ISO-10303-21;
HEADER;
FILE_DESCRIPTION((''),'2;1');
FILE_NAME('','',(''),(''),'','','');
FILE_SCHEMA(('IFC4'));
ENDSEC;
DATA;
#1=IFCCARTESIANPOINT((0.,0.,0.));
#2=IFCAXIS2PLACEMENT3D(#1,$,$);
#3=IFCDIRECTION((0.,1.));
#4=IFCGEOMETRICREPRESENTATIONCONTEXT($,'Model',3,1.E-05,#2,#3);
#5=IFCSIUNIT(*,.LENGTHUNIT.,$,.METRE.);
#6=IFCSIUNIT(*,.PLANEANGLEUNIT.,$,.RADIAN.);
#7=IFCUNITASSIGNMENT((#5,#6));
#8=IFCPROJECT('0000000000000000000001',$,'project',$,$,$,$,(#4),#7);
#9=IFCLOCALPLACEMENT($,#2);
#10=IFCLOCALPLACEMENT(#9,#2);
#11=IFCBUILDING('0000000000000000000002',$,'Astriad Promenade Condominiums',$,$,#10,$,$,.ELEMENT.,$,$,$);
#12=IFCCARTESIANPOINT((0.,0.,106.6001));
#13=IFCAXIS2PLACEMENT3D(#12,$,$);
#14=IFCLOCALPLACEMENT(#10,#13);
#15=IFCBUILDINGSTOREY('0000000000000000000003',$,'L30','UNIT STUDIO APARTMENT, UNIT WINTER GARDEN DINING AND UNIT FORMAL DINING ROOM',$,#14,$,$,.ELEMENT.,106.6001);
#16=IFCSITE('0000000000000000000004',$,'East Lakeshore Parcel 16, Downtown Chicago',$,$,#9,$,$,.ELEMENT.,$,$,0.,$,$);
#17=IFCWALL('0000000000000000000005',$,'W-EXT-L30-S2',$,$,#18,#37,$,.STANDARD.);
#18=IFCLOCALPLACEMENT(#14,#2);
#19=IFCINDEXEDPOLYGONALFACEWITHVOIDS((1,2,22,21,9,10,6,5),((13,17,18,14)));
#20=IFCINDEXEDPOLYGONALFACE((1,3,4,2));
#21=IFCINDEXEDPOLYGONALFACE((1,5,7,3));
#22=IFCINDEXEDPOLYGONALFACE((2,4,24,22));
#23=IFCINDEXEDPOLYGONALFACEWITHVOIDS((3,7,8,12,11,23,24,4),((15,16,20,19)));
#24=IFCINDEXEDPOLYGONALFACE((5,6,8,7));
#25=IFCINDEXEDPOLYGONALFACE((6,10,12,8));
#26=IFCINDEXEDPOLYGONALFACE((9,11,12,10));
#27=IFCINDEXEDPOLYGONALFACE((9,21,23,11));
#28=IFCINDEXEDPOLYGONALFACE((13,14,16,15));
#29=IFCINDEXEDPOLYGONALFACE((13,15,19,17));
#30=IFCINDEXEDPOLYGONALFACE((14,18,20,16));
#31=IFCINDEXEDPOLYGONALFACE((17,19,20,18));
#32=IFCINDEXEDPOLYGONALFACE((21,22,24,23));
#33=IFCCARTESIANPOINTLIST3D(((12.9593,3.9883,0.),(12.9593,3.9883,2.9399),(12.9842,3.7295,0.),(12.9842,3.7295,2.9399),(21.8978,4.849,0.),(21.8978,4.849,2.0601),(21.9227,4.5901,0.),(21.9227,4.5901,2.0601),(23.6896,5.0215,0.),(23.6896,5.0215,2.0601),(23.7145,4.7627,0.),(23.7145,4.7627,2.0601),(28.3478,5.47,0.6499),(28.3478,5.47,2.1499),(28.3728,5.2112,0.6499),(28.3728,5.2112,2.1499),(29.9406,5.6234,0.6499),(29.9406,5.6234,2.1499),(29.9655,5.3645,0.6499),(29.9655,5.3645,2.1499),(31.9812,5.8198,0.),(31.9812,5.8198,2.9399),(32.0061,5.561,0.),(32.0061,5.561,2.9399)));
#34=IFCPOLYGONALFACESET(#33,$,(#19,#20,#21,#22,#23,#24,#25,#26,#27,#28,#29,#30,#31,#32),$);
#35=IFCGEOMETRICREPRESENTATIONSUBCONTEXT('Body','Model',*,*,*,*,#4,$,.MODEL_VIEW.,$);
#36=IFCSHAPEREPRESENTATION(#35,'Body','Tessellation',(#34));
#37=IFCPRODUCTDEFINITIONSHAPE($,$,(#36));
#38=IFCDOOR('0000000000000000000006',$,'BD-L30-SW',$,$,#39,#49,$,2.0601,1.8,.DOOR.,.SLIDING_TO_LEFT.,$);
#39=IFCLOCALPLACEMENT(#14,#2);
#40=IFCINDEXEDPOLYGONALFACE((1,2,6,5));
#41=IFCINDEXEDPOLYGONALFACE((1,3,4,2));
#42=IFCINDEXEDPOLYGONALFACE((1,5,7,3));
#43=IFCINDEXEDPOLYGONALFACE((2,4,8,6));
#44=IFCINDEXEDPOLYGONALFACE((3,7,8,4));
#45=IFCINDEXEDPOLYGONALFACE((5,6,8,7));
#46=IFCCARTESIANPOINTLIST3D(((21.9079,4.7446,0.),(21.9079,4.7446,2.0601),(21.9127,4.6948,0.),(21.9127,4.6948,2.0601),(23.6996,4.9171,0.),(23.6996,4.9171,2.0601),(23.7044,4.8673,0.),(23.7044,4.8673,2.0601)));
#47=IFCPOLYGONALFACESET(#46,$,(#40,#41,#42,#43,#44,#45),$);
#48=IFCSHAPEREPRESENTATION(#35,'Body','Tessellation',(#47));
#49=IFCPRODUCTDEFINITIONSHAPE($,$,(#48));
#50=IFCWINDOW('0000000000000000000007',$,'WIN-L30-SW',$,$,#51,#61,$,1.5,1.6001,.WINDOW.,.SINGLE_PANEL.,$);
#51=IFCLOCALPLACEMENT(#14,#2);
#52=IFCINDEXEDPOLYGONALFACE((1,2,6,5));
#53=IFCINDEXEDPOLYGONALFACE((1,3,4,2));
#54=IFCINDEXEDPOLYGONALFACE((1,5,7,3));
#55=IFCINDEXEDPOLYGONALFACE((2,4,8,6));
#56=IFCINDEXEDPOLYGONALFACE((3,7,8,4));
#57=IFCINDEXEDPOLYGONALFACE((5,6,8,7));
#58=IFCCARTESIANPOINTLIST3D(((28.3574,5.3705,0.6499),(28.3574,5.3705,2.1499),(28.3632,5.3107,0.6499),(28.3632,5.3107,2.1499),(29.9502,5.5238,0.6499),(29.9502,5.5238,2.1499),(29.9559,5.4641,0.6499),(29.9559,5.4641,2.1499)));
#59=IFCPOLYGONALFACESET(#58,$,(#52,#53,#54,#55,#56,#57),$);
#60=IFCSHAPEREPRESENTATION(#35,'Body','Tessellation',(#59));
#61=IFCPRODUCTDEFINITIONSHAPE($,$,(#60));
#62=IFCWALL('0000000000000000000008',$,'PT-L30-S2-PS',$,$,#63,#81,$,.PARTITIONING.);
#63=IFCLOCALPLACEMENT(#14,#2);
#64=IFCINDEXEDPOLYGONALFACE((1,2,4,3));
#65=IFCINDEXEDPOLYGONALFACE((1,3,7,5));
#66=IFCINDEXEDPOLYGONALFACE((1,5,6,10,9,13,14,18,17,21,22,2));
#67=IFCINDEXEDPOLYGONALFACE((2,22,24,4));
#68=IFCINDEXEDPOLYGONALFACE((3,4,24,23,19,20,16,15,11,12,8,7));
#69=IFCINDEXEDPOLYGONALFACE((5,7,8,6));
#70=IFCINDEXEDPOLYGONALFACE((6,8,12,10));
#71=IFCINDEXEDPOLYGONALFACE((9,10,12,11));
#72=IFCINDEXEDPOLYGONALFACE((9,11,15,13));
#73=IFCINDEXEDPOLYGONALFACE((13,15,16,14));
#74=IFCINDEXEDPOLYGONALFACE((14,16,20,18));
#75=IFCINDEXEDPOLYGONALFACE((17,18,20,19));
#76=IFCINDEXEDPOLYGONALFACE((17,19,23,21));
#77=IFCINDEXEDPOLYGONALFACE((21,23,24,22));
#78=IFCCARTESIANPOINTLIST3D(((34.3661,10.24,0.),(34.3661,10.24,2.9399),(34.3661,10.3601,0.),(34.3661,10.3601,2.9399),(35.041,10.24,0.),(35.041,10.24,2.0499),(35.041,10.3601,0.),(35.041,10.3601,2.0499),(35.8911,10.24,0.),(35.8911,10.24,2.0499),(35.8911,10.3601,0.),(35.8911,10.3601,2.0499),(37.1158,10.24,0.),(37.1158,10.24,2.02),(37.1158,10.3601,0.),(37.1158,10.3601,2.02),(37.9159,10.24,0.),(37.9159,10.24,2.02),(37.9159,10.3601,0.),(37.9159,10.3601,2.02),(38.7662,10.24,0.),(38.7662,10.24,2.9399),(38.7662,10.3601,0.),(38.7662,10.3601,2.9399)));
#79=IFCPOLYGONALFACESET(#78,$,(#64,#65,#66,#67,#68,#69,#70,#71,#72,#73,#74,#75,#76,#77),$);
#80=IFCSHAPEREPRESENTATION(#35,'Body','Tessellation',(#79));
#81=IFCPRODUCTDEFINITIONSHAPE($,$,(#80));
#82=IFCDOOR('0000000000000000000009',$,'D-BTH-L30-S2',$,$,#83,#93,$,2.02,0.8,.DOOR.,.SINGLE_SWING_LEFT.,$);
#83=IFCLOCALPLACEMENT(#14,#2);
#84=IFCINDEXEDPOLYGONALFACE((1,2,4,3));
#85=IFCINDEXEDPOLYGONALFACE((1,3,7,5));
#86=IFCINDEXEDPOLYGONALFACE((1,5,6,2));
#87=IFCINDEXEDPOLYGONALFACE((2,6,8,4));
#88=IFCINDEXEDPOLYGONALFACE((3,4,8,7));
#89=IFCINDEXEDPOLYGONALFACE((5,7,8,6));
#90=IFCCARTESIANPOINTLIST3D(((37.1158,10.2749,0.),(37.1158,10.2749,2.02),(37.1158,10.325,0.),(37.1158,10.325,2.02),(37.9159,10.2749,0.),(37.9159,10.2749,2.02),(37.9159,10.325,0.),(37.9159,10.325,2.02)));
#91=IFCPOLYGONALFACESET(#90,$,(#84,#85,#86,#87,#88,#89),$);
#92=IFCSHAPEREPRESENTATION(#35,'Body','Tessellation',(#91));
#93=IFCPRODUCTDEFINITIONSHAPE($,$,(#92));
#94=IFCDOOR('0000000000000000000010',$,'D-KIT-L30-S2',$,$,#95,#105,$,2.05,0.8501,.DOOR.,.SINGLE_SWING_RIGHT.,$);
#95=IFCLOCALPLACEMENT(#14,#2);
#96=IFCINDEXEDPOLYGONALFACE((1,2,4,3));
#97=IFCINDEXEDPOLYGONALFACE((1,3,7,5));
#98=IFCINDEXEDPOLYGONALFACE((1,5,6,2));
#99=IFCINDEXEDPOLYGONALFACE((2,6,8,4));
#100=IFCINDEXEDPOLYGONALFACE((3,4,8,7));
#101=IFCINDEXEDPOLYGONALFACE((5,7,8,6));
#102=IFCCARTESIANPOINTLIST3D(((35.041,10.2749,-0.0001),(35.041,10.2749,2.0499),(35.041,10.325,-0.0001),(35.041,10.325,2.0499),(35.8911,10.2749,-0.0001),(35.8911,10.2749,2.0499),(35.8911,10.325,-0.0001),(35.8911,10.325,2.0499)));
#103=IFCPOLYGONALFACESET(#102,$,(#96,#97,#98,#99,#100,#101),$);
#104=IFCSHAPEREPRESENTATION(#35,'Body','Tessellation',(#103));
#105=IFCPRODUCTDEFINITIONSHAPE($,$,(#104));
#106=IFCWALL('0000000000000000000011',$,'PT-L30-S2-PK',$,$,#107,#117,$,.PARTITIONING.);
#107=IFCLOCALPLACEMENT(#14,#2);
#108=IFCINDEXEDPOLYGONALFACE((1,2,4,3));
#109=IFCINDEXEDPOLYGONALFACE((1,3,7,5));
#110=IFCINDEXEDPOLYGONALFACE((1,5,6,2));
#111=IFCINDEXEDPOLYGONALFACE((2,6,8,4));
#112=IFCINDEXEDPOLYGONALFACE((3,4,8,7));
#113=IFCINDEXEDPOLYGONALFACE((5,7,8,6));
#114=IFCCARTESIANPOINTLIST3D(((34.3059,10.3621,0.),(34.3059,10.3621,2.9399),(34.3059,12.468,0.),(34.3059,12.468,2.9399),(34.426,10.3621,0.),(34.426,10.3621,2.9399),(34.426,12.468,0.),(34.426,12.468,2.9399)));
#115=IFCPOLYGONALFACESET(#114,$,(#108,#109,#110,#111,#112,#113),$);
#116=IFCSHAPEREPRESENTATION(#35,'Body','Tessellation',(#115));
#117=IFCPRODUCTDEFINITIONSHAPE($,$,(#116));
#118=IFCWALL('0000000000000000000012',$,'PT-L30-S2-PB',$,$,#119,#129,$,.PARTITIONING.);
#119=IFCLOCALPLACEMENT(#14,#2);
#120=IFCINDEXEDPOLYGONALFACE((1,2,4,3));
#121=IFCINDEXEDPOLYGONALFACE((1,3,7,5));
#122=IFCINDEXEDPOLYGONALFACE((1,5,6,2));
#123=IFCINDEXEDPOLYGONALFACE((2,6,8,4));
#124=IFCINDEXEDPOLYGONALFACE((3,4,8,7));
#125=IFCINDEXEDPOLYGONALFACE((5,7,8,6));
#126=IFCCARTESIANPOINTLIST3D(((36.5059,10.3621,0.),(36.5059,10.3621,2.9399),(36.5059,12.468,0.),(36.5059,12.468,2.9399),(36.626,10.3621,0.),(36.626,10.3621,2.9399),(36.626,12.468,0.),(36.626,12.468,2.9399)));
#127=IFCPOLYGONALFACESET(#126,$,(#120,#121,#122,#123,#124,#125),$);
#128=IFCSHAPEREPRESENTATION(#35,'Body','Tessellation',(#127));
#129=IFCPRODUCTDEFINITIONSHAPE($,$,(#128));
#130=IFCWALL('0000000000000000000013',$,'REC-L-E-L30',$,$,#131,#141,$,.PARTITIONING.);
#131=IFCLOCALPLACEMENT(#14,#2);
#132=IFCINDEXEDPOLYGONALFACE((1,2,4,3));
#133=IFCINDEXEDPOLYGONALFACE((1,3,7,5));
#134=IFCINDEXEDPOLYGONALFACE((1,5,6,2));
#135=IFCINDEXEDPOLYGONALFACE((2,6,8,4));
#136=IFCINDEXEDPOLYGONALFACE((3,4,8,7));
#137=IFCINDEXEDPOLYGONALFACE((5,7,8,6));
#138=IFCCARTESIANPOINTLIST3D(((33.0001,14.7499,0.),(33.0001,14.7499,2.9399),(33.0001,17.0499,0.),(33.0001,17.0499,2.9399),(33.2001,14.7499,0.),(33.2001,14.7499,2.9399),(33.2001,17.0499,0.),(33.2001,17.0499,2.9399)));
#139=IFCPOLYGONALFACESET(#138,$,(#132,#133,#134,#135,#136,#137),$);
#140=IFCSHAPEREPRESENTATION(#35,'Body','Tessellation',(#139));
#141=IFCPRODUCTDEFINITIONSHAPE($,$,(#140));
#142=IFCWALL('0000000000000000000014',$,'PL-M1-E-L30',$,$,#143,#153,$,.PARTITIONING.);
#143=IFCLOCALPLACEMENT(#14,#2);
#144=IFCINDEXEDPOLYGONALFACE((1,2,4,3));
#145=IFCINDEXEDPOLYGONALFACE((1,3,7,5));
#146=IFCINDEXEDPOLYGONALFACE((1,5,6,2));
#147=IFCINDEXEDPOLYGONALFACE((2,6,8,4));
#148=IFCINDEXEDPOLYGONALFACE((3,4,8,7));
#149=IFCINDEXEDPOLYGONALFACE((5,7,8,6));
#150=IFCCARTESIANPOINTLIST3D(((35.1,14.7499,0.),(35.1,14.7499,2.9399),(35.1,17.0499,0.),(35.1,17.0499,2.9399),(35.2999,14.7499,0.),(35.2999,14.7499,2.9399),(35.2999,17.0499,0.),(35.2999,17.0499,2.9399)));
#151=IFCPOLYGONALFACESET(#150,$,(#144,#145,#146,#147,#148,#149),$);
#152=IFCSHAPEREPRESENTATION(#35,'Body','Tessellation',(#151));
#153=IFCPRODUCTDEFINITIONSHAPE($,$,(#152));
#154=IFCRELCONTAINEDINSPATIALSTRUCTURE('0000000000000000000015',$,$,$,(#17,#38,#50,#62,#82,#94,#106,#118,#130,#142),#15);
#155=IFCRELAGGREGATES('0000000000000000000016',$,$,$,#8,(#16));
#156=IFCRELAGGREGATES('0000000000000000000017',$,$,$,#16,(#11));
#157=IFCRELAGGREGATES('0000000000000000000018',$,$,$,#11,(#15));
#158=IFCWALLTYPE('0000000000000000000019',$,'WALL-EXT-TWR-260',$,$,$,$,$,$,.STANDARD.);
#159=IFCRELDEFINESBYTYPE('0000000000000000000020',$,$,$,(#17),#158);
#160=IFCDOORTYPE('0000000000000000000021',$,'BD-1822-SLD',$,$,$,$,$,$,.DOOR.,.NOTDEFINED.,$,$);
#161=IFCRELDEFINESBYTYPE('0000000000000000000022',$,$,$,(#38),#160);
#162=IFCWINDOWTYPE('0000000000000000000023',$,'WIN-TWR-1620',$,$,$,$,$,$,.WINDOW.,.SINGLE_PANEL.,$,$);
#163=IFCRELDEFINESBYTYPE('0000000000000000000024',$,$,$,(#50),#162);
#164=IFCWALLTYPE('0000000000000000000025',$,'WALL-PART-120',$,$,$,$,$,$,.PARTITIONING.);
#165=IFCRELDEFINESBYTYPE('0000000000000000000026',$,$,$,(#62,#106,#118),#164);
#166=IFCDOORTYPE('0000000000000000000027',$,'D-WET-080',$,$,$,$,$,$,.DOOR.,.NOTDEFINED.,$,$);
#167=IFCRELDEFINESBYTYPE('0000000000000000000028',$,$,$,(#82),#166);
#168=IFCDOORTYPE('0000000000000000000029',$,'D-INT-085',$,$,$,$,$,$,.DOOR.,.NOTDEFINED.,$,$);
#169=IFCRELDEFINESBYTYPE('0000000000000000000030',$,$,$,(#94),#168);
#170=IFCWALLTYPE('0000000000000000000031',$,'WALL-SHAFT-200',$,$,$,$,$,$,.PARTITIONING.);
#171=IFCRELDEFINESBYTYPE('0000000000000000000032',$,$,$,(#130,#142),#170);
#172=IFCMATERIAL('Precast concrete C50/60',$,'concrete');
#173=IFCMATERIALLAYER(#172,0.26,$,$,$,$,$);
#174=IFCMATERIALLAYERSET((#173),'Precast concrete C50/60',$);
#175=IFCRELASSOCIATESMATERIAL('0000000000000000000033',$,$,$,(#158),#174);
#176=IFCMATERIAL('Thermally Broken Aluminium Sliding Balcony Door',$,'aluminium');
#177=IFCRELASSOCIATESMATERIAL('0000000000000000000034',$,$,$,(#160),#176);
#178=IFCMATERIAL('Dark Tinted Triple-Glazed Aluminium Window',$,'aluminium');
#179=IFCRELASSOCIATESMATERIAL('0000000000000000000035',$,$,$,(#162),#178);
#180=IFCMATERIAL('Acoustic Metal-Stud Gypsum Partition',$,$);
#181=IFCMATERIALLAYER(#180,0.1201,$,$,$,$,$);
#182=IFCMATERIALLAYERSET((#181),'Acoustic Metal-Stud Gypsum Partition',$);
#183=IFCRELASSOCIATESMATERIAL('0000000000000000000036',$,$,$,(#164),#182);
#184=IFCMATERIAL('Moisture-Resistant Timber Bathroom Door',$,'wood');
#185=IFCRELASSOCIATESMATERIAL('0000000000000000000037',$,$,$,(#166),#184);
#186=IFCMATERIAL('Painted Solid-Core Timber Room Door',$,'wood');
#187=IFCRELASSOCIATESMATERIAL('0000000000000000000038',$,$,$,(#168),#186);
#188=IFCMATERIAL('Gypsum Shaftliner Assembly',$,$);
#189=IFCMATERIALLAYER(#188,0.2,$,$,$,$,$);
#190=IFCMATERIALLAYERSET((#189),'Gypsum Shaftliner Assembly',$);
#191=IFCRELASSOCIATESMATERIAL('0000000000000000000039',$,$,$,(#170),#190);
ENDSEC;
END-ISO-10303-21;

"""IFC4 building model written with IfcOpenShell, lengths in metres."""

from ifc_helpers import new_model, si_unit, direction, frame, frame_2d, origin, place, context, subcontext, project, spatial, rectangle, extrude, source, transform, mapped, material, layer, layer_set, type_object, type_shapes, element, fill, save


model = new_model("IFC4")

# Units and contexts
model_context = context("Model", 3, precision=1e-05, world=origin(), true_north=direction((0.0, 1.0)))
body_context = subcontext(model_context, "Body", "Model", "MODEL_VIEW")
ifc_project = project(units=[si_unit("LENGTHUNIT", "METRE"), si_unit("PLANEANGLEUNIT", "RADIAN")], contexts=[model_context])

# Site, building, storey
site_placement = place(None, origin())
site = spatial("IfcSite", under=ifc_project, at=site_placement, Name="East Lakeshore Parcel 16, Downtown Chicago", CompositionType="ELEMENT", RefElevation=0.0)
building_placement = place(site_placement, origin())
building = spatial("IfcBuilding", under=site, at=building_placement, Name="Astriad Promenade Condominiums", CompositionType="ELEMENT")
storey_placement = place(building_placement, frame((0.0, 0.0, 106.6001)))
storey = spatial("IfcBuildingStorey", under=building, at=storey_placement, Name="L30", Description="UNIT STUDIO APARTMENT, UNIT WINTER GARDEN DINING AND UNIT FORMAL DINING ROOM", CompositionType="ELEMENT", Elevation=106.6001)

# Wall, openings, door, window
ifc_material_1 = material(Name="Precast concrete C50/60", Category="concrete")
ifc_layer_1 = layer(ifc_material_1, 0.26)
ifc_layer_set_1 = layer_set([ifc_layer_1], Name="Precast concrete C50/60")
wall_type_1 = type_object("IfcWallType", Name="WALL-EXT-TWR-260", PredefinedType="STANDARD", material=ifc_layer_set_1)
wall_1_placement = place(storey_placement, frame((31.9937, 5.6904, 0.0), z_axis=(0.0, 0.0, 1.0), x_axis=(-0.995397, -0.095842, 0.0)))
wall_1 = element("IfcWall", 1, at=wall_1_placement, inside=storey, type_object=wall_type_1, Name="W-EXT-L30-S2", PredefinedType="STANDARD", context=body_context, shape_type="SweptSolid", body=[
    extrude(rectangle(XDim=19.1099, YDim=0.26, at=frame_2d((9.5549, 0.0))), origin(), (0.0, 0.0, 1.0), 2.9399),
])
opening_1_placement = place(wall_1_placement, frame((8.3301, 0.0, 0.0)))
opening_1 = element("IfcOpeningElement", 2, at=opening_1_placement, cuts=wall_1, PredefinedType="OPENING", context=body_context, shape_type="SweptSolid", body=[
    extrude(rectangle(XDim=1.8, YDim=2.0601, at=frame_2d((0.8999, 1.03))), frame((0.0, 0.1399, 0.0), z_axis=(0.0, -1.0, 0.0), x_axis=(1.0, 0.0, 0.0)), (0.0, 0.0, 1.0), 0.28),
])
opening_2_placement = place(wall_1_placement, frame((2.05, 0.0, 0.6499)))
opening_2 = element("IfcOpeningElement", 3, at=opening_2_placement, cuts=wall_1, PredefinedType="OPENING", context=body_context, shape_type="SweptSolid", body=[
    extrude(rectangle(XDim=1.6001, YDim=1.5, at=frame_2d((0.8, 0.75))), frame((0.0, 0.1399, 0.0), z_axis=(0.0, -1.0, 0.0), x_axis=(1.0, 0.0, 0.0)), (0.0, 0.0, 1.0), 0.28),
])
ifc_material_2 = material(Name="Thermally Broken Aluminium Sliding Balcony Door", Category="aluminium")
door_type_1 = type_object("IfcDoorType", Name="BD-1822-SLD", OperationType="NOTDEFINED", PredefinedType="DOOR", material=ifc_material_2)
shared_shape_1 = source(origin(), body_context, "Body", "SweptSolid", [
    extrude(rectangle(XDim=1.8, YDim=2.0601, at=frame_2d((0.8999, 1.03))), frame((0.0, 0.0249, 0.0), z_axis=(0.0, -1.0, 0.0), x_axis=(1.0, 0.0, 0.0)), (0.0, 0.0, 1.0), 0.05),
])
type_shapes(door_type_1, [shared_shape_1])
door_1_placement = place(opening_1_placement, origin())
door_1 = element("IfcDoor", 4, at=door_1_placement, inside=storey, type_object=door_type_1, Name="BD-L30-SW", OperationType="SLIDING_TO_LEFT", OverallHeight=2.0601, OverallWidth=1.8, PredefinedType="DOOR", context=body_context, shape_type="MappedRepresentation", body=[
    mapped(shared_shape_1, transform((0.0, 0.0, 0.0), scale=1.0)),
])
fill(opening_1, door_1)
ifc_material_3 = material(Name="Dark Tinted Triple-Glazed Aluminium Window", Category="aluminium")
window_type = type_object("IfcWindowType", Name="WIN-TWR-1620", PartitioningType="SINGLE_PANEL", PredefinedType="WINDOW", material=ifc_material_3)
shared_shape_2 = source(origin(), body_context, "Body", "SweptSolid", [
    extrude(rectangle(XDim=1.6001, YDim=1.5, at=frame_2d((0.8, 0.75))), frame((0.0, 0.03, 0.0), z_axis=(0.0, -1.0, 0.0), x_axis=(1.0, 0.0, 0.0)), (0.0, 0.0, 1.0), 0.0601),
])
type_shapes(window_type, [shared_shape_2])
window_placement = place(opening_2_placement, origin())
window = element("IfcWindow", 5, at=window_placement, inside=storey, type_object=window_type, Name="WIN-L30-SW", OverallHeight=1.5, OverallWidth=1.6001, PartitioningType="SINGLE_PANEL", PredefinedType="WINDOW", context=body_context, shape_type="MappedRepresentation", body=[
    mapped(shared_shape_2, transform((0.0, 0.0, 0.0), scale=1.0)),
])
fill(opening_2, window)

# Wall, openings, doors
ifc_material_4 = material(Name="Acoustic Metal-Stud Gypsum Partition")
ifc_layer_2 = layer(ifc_material_4, 0.1201)
ifc_layer_set_2 = layer_set([ifc_layer_2], Name="Acoustic Metal-Stud Gypsum Partition")
wall_type_2 = type_object("IfcWallType", Name="WALL-PART-120", PredefinedType="PARTITIONING", material=ifc_layer_set_2)
wall_2_placement = place(storey_placement, frame((34.366, 10.3, 0.0), z_axis=(0.0, 0.0, 1.0), x_axis=(1.0, 0.0, 0.0)))
wall_2 = element("IfcWall", 6, at=wall_2_placement, inside=storey, type_object=wall_type_2, Name="PT-L30-S2-PS", PredefinedType="PARTITIONING", context=body_context, shape_type="SweptSolid", body=[
    extrude(rectangle(XDim=4.4001, YDim=0.1201, at=frame_2d((2.2002, 0.0))), origin(), (0.0, 0.0, 1.0), 2.9399),
])
opening_3_placement = place(wall_2_placement, frame((0.675, 0.0, 0.0)))
opening_3 = element("IfcOpeningElement", 7, at=opening_3_placement, cuts=wall_2, PredefinedType="OPENING", context=body_context, shape_type="SweptSolid", body=[
    extrude(rectangle(XDim=0.8501, YDim=2.05, at=frame_2d((0.425, 1.0249))), frame((0.0, 0.0701, 0.0), z_axis=(0.0, -1.0, 0.0), x_axis=(1.0, 0.0, 0.0)), (0.0, 0.0, 1.0), 0.1401),
])
opening_4_placement = place(wall_2_placement, frame((2.75, 0.0, 0.0)))
opening_4 = element("IfcOpeningElement", 8, at=opening_4_placement, cuts=wall_2, PredefinedType="OPENING", context=body_context, shape_type="SweptSolid", body=[
    extrude(rectangle(XDim=0.8, YDim=2.02, at=frame_2d((0.3999, 1.01))), frame((0.0, 0.0701, 0.0), z_axis=(0.0, -1.0, 0.0), x_axis=(1.0, 0.0, 0.0)), (0.0, 0.0, 1.0), 0.1401),
])
ifc_material_5 = material(Name="Moisture-Resistant Timber Bathroom Door", Category="wood")
door_type_2 = type_object("IfcDoorType", Name="D-WET-080", OperationType="NOTDEFINED", PredefinedType="DOOR", material=ifc_material_5)
shared_shape_3 = source(origin(), body_context, "Body", "SweptSolid", [
    extrude(rectangle(XDim=0.8, YDim=2.02, at=frame_2d((0.3999, 1.01))), frame((0.0, 0.0249, 0.0), z_axis=(0.0, -1.0, 0.0), x_axis=(1.0, 0.0, 0.0)), (0.0, 0.0, 1.0), 0.05),
])
type_shapes(door_type_2, [shared_shape_3])
door_2_placement = place(opening_4_placement, origin())
door_2 = element("IfcDoor", 9, at=door_2_placement, inside=storey, type_object=door_type_2, Name="D-BTH-L30-S2", OperationType="SINGLE_SWING_LEFT", OverallHeight=2.02, OverallWidth=0.8, PredefinedType="DOOR", context=body_context, shape_type="MappedRepresentation", body=[
    mapped(shared_shape_3, transform((0.0, 0.0, 0.0), scale=1.0)),
])
fill(opening_4, door_2)
ifc_material_6 = material(Name="Painted Solid-Core Timber Room Door", Category="wood")
door_type_3 = type_object("IfcDoorType", Name="D-INT-085", OperationType="NOTDEFINED", PredefinedType="DOOR", material=ifc_material_6)
shared_shape_4 = source(origin(), body_context, "Body", "SweptSolid", [
    extrude(rectangle(XDim=0.8501, YDim=2.05, at=frame_2d((0.425, 1.0249))), frame((0.0, 0.0249, 0.0), z_axis=(0.0, -1.0, 0.0), x_axis=(1.0, 0.0, 0.0)), (0.0, 0.0, 1.0), 0.05),
])
type_shapes(door_type_3, [shared_shape_4])
door_3_placement = place(opening_3_placement, origin())
door_3 = element("IfcDoor", 10, at=door_3_placement, inside=storey, type_object=door_type_3, Name="D-KIT-L30-S2", OperationType="SINGLE_SWING_RIGHT", OverallHeight=2.05, OverallWidth=0.8501, PredefinedType="DOOR", context=body_context, shape_type="MappedRepresentation", body=[
    mapped(shared_shape_4, transform((0.0, 0.0, 0.0), scale=1.0)),
])
fill(opening_3, door_3)

# Walls
for number, where, z_axis, x_axis, name in (
    (11, (34.366, 10.3621, 0.0), (0.0, 0.0, 1.0), (0.0, 1.0, 0.0), "PT-L30-S2-PK"),
    (12, (36.5659, 10.3621, 0.0), (0.0, 0.0, 1.0), (0.0, 1.0, 0.0), "PT-L30-S2-PB"),
):
    element("IfcWall", number, at=place(storey_placement, frame(where, z_axis=z_axis, x_axis=x_axis)), inside=storey, type_object=wall_type_2, Name=name, PredefinedType="PARTITIONING", context=body_context, shape_type="SweptSolid", body=[
        extrude(rectangle(XDim=2.106, YDim=0.1201, at=frame_2d((1.053, 0.0))), origin(), (0.0, 0.0, 1.0), 2.9399),
    ])
ifc_material_7 = material(Name="Gypsum Shaftliner Assembly")
ifc_layer_3 = layer(ifc_material_7, 0.2)
ifc_layer_set_3 = layer_set([ifc_layer_3], Name="Gypsum Shaftliner Assembly")
wall_type_3 = type_object("IfcWallType", Name="WALL-SHAFT-200", PredefinedType="PARTITIONING", material=ifc_layer_set_3)
for number, where, z_axis, x_axis, name in (
    (13, (33.1001, 14.75, 0.0), (0.0, 0.0, 1.0), (0.0, 1.0, 0.0), "REC-L-E-L30"),
    (14, (35.2, 14.75, 0.0), (0.0, 0.0, 1.0), (0.0, 1.0, 0.0), "PL-M1-E-L30"),
):
    element("IfcWall", number, at=place(storey_placement, frame(where, z_axis=z_axis, x_axis=x_axis)), inside=storey, type_object=wall_type_3, Name=name, PredefinedType="PARTITIONING", context=body_context, shape_type="SweptSolid", body=[
        extrude(rectangle(XDim=2.3, YDim=0.2, at=frame_2d((1.1499, 0.0))), origin(), (0.0, 0.0, 1.0), 2.9399),
    ])

save(model, "model.ifc")
